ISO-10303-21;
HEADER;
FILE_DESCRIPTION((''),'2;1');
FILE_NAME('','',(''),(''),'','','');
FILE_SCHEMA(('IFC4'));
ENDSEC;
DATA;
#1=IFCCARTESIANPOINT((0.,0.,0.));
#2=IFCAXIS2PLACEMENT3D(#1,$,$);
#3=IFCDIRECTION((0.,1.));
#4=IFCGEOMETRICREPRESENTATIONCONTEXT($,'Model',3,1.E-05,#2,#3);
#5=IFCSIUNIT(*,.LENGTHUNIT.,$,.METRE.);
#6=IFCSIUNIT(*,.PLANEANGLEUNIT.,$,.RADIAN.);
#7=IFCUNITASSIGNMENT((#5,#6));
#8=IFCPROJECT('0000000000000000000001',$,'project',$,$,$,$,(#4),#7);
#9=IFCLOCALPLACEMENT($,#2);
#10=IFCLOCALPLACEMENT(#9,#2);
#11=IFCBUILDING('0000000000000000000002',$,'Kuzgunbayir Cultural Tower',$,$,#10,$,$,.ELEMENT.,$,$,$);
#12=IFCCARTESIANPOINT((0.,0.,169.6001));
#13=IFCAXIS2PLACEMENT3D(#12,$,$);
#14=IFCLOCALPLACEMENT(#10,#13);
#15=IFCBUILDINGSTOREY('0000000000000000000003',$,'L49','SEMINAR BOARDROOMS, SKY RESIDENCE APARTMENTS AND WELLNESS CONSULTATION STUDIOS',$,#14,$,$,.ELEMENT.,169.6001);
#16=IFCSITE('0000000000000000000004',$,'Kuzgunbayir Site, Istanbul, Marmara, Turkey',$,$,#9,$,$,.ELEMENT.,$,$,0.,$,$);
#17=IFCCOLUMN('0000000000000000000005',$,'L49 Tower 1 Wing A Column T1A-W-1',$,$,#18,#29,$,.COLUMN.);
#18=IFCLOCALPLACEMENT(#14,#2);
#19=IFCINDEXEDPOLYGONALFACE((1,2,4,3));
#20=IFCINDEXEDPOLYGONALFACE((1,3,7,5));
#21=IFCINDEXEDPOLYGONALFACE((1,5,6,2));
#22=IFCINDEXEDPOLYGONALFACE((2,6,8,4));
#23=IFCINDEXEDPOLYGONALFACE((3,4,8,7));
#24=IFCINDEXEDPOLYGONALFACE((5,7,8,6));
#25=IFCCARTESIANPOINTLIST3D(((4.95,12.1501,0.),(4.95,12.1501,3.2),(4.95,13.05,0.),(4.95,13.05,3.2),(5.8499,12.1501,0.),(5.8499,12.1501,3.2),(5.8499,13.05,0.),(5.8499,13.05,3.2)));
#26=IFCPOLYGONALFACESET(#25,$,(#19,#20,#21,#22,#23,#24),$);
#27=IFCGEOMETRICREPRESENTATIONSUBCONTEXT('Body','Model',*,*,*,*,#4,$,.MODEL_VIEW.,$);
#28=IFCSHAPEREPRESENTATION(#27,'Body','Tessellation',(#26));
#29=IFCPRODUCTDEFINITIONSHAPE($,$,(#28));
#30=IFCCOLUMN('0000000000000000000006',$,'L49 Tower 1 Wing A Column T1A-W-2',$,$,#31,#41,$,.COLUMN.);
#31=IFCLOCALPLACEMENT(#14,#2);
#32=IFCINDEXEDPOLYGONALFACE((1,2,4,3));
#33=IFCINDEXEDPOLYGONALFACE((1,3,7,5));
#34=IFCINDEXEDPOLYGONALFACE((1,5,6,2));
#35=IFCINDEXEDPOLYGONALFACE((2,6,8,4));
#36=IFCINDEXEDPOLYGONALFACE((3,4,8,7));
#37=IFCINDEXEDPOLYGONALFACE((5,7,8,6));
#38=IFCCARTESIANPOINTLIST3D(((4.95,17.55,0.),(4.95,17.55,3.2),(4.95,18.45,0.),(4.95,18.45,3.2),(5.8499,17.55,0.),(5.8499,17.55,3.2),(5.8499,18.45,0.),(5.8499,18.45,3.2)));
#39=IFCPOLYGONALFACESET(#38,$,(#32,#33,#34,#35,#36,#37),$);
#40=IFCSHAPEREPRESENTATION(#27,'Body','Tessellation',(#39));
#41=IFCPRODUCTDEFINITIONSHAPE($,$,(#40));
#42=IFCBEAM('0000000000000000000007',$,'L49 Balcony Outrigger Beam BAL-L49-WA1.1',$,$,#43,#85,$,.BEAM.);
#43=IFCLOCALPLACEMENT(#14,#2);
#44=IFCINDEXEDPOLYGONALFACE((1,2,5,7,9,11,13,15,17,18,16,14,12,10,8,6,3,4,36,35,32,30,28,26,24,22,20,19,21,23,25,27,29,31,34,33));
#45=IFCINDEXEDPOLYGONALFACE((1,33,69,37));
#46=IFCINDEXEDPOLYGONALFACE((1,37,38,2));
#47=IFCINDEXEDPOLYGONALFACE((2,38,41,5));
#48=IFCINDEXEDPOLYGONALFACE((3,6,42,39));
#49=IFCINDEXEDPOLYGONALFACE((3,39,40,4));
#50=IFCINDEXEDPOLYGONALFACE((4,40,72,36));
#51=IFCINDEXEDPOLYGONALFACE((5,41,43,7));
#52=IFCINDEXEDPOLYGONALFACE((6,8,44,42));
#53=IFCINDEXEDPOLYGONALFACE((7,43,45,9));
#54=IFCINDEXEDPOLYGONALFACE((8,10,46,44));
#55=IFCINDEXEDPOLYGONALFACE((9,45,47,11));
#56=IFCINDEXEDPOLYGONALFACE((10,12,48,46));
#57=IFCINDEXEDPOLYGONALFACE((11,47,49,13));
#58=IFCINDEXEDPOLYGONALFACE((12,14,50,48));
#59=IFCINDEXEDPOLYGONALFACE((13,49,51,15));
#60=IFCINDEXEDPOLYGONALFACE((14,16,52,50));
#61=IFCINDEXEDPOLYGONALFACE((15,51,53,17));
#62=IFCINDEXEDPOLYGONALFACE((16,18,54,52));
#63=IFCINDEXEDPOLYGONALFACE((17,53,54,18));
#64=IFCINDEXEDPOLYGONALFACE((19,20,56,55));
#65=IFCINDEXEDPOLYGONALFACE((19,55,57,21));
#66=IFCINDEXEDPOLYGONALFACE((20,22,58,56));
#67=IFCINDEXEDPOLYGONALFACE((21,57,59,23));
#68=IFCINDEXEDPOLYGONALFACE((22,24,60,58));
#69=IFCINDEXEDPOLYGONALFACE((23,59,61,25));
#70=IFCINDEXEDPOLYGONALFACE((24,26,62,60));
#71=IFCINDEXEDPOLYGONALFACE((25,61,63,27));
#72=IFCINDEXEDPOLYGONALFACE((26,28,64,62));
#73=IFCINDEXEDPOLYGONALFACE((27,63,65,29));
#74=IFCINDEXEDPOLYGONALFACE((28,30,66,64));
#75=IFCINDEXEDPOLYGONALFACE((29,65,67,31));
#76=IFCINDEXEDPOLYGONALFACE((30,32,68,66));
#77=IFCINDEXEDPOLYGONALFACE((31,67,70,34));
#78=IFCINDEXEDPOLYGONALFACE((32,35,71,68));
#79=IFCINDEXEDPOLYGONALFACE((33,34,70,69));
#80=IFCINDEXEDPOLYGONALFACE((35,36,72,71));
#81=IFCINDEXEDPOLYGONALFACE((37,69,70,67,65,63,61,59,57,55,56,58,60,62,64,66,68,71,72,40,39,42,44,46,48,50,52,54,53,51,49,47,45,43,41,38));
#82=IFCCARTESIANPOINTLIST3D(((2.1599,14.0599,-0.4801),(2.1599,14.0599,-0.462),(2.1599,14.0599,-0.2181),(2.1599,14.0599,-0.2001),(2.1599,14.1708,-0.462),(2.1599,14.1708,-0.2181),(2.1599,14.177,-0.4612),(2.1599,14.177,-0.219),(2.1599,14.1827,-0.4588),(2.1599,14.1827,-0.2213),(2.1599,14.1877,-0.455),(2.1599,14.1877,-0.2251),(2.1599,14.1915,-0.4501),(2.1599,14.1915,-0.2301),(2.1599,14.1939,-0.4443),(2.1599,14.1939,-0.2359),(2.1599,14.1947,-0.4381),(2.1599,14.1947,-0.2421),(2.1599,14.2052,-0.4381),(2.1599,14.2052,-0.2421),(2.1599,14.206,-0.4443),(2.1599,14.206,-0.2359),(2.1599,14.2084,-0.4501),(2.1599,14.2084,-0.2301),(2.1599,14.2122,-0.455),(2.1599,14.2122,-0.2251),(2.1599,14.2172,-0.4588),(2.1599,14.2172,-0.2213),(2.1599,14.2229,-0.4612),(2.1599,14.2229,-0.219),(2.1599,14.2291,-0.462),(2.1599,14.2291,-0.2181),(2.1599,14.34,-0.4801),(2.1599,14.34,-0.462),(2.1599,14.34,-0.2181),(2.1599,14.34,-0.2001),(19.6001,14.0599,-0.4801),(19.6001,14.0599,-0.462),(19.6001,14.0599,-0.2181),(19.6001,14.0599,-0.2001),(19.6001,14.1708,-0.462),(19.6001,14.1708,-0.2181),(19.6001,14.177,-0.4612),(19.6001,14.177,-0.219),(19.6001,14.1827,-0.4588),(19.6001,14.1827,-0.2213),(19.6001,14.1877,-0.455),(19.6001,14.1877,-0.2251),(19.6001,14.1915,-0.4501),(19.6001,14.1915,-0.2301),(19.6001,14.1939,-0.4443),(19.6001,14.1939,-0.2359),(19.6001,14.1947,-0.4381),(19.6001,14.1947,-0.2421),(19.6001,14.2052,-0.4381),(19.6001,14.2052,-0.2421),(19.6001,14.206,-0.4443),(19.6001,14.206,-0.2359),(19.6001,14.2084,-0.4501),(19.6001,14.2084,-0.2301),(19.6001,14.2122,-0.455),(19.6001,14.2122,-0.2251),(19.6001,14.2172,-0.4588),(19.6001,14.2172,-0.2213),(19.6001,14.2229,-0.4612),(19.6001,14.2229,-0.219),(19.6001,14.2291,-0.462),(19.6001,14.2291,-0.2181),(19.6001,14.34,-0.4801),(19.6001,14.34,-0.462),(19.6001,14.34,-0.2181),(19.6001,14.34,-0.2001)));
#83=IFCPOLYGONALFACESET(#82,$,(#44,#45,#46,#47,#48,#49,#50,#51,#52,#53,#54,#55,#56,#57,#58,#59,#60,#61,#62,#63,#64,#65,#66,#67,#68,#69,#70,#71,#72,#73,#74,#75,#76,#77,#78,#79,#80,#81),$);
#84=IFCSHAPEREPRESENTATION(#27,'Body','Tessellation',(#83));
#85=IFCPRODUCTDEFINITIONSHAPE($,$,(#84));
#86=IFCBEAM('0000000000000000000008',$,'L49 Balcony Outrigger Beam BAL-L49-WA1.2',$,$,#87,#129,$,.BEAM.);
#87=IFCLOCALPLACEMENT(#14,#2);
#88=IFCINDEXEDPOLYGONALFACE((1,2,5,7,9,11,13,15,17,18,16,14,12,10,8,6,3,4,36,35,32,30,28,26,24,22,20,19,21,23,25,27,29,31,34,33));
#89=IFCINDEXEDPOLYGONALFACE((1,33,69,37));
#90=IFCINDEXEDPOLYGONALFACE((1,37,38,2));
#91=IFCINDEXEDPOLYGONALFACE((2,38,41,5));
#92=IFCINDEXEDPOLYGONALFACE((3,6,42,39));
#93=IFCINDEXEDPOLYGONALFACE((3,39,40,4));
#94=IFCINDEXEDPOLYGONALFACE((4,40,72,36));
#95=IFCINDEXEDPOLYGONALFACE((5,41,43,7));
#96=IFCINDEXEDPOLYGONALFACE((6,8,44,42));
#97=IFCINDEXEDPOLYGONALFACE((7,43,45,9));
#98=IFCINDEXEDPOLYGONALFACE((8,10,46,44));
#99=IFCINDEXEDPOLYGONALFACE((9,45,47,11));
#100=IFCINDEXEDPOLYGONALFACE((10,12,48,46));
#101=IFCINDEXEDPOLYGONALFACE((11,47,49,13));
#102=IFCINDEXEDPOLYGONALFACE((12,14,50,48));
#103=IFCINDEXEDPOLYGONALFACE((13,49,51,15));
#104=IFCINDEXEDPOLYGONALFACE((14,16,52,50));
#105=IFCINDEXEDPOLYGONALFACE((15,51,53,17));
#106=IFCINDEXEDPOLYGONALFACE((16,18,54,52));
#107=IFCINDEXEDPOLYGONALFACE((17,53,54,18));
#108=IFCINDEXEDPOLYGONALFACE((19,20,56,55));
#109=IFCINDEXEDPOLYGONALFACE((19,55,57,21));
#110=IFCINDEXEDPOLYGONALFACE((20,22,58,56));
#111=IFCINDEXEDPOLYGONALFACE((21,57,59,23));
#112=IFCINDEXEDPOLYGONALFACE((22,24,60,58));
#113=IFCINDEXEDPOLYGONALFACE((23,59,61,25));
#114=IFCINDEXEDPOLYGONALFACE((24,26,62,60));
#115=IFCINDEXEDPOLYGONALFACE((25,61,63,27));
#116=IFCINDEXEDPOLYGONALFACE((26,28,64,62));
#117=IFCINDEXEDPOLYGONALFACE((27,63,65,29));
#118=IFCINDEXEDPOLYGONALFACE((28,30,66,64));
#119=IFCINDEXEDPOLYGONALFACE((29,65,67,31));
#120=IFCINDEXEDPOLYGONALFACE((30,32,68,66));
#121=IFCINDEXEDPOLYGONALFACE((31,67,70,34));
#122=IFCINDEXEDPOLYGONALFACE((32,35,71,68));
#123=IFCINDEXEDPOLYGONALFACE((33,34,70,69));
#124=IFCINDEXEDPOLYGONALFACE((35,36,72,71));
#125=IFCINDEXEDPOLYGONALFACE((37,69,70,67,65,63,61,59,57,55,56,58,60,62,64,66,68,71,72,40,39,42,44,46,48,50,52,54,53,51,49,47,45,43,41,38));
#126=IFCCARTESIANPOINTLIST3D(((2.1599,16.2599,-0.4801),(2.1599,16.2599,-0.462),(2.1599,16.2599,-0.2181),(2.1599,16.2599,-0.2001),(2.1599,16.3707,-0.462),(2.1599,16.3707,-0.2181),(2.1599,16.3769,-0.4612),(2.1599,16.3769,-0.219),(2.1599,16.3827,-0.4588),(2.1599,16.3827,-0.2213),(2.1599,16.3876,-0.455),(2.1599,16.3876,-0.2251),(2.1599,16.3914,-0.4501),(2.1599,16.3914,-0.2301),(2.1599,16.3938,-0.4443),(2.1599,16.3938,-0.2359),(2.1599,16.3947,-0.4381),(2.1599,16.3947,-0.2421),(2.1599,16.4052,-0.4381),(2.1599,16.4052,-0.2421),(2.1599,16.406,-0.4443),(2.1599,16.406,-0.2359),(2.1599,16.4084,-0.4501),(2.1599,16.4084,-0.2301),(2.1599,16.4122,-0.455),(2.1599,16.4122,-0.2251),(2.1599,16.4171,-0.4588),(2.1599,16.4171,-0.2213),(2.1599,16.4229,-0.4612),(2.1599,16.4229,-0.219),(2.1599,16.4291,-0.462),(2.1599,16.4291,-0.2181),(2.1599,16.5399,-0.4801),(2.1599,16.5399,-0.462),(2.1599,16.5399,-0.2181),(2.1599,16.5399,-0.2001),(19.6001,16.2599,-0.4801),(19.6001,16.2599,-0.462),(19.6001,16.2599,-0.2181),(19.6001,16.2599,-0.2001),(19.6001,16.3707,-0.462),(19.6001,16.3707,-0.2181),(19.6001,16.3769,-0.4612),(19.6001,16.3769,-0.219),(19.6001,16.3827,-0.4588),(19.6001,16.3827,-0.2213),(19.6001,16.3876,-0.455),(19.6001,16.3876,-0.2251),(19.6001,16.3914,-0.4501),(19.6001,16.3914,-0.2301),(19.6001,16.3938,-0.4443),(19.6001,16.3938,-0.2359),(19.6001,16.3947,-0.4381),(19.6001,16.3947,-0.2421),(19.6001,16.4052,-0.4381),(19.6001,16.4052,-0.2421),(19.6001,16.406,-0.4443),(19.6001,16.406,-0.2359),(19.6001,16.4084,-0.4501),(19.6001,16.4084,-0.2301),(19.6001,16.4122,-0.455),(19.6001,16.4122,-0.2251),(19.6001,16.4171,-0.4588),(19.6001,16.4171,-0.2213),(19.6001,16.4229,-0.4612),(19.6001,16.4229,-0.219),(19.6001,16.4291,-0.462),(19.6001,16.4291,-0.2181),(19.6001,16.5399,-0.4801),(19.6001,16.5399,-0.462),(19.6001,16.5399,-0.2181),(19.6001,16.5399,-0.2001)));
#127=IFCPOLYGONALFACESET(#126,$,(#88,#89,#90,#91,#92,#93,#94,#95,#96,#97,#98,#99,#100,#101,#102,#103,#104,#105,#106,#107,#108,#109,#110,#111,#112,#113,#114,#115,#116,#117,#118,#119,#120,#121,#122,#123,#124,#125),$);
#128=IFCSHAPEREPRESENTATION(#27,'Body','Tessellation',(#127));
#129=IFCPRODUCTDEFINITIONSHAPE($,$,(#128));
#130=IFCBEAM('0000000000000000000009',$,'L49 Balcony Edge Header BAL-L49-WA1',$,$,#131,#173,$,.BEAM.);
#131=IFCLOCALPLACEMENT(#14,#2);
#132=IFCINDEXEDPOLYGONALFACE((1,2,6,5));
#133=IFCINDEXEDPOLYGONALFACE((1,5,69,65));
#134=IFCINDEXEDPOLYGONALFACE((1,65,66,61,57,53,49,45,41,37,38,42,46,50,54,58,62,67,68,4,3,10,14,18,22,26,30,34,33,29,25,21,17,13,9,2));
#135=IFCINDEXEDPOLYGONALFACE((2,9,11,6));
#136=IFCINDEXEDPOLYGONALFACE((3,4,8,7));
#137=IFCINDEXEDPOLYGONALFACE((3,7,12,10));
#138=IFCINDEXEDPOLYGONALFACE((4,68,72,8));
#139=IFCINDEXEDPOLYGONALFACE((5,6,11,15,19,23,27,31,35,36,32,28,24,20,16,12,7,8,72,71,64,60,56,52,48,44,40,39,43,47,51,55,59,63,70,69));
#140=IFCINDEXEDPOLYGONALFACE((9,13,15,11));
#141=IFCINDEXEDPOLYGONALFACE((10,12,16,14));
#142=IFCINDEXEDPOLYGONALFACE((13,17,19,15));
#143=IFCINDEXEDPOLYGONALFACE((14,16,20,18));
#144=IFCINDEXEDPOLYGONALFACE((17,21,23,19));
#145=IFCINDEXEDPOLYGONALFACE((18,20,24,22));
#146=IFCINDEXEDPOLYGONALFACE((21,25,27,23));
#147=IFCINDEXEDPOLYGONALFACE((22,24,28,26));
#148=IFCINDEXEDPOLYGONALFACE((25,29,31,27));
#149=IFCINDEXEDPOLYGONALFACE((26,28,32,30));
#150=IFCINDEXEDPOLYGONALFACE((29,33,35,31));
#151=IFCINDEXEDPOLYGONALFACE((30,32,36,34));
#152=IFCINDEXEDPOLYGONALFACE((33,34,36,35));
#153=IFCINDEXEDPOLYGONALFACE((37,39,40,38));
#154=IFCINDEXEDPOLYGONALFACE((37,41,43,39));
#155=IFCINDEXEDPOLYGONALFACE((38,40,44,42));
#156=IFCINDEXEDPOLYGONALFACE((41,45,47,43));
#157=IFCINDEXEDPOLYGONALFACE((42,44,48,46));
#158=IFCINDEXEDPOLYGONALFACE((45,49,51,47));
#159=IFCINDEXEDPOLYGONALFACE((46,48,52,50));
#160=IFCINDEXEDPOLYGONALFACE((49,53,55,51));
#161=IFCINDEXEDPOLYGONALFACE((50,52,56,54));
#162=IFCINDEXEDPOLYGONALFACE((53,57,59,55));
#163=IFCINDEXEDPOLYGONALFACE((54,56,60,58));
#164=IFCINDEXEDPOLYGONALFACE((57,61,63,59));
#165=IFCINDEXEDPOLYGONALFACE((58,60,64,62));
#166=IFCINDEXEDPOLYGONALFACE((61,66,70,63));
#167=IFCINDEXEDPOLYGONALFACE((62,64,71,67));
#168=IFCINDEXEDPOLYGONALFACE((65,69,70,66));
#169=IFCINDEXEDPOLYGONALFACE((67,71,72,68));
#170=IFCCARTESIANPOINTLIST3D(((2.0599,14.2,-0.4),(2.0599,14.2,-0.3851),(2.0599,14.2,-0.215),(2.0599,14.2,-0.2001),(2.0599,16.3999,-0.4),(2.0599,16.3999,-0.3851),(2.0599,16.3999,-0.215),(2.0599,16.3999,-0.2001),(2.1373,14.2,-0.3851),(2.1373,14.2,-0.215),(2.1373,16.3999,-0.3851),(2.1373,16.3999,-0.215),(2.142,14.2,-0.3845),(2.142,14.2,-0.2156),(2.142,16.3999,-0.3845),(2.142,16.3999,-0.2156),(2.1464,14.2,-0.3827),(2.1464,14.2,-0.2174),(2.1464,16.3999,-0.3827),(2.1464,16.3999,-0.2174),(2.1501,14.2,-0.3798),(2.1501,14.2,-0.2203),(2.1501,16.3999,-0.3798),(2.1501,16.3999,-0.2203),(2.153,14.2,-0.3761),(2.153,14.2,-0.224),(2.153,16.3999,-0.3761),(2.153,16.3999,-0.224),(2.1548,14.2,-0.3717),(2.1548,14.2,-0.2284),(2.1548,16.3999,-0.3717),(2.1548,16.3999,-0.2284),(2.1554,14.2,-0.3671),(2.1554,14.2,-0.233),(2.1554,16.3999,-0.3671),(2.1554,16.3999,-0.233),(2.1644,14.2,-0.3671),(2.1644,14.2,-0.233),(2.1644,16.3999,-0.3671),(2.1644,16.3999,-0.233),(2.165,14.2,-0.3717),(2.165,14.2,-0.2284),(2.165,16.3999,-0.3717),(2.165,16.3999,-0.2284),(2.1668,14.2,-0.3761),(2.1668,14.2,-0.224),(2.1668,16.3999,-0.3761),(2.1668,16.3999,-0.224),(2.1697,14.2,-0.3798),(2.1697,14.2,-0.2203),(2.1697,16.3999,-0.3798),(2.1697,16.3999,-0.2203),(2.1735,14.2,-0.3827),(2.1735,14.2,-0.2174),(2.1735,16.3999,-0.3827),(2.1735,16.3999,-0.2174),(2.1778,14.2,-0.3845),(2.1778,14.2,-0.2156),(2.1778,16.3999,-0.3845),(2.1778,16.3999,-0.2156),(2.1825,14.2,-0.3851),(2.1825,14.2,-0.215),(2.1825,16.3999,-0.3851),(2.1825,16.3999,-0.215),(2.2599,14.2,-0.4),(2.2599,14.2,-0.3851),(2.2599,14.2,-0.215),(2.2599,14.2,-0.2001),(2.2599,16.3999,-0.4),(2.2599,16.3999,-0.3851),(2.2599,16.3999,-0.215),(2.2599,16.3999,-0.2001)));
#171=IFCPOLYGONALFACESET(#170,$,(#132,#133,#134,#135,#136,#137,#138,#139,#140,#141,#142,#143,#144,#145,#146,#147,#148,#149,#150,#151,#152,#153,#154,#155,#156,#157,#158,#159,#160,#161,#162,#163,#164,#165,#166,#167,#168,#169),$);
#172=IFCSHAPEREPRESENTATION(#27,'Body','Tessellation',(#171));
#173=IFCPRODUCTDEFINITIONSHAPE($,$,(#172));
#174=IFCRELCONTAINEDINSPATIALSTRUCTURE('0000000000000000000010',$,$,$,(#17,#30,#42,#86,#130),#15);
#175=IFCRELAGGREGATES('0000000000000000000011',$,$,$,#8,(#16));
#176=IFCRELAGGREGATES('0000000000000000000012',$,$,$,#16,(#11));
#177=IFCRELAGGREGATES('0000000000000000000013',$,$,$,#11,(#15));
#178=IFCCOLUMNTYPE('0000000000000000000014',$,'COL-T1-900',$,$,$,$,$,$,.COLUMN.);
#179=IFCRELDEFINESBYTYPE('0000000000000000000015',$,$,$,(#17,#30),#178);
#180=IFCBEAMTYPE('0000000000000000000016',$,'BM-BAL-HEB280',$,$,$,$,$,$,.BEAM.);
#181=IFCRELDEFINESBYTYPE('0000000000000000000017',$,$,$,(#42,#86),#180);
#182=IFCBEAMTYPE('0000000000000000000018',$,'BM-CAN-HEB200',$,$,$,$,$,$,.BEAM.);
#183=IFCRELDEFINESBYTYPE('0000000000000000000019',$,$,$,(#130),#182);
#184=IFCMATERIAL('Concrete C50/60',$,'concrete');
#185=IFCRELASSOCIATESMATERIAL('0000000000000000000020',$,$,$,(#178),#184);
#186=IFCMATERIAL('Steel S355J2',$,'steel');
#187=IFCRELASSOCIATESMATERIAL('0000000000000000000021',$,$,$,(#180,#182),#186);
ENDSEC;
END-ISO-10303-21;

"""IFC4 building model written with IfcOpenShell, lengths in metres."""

from ifc_helpers import new_model, si_unit, direction, frame, origin, origin_2d, place, context, subcontext, project, spatial, rectangle, i_section, extrude, material, material_profile, profile_set, type_object, element, save


model = new_model("IFC4")

# Units and contexts
model_context = context("Model", 3, precision=1e-05, world=origin(), true_north=direction((0.0, 1.0)))
body_context = subcontext(model_context, "Body", "Model", "MODEL_VIEW")
ifc_project = project(units=[si_unit("LENGTHUNIT", "METRE"), si_unit("PLANEANGLEUNIT", "RADIAN")], contexts=[model_context])

# Site, building, storey
site_placement = place(None, origin())
site = spatial("IfcSite", under=ifc_project, at=site_placement, Name="Kuzgunbayir Site, Istanbul, Marmara, Turkey", CompositionType="ELEMENT", RefElevation=0.0)
building_placement = place(site_placement, origin())
building = spatial("IfcBuilding", under=site, at=building_placement, Name="Kuzgunbayir Cultural Tower", CompositionType="ELEMENT")
storey_placement = place(building_placement, frame((0.0, 0.0, 169.6001)))
storey = spatial("IfcBuildingStorey", under=building, at=storey_placement, Name="L49", Description="SEMINAR BOARDROOMS, SKY RESIDENCE APARTMENTS AND WELLNESS CONSULTATION STUDIOS", CompositionType="ELEMENT", Elevation=169.6001)

# Columns
ifc_material_1 = material(Name="Concrete C50/60", Category="concrete")
ifc_material_profile_1 = material_profile(ifc_material_1, rectangle(XDim=0.8999, YDim=0.8999, at=origin_2d()), Name="RC 900x900")
ifc_profile_set_1 = profile_set([ifc_material_profile_1], Name="Concrete C50/60")
column_type = type_object("IfcColumnType", Name="COL-T1-900", PredefinedType="COLUMN", material=ifc_profile_set_1)
for number, where, z_axis, x_axis, name in (
    (1, (5.3999, 12.6001, 0.0), (0.0, 0.0, 1.0), (1.0, 0.0, 0.0), "L49 Tower 1 Wing A Column T1A-W-1"),
    (2, (5.3999, 18.0, 0.0), (0.0, 0.0, 1.0), (1.0, 0.0, 0.0), "L49 Tower 1 Wing A Column T1A-W-2"),
):
    element("IfcColumn", number, at=place(storey_placement, frame(where, z_axis=z_axis, x_axis=x_axis)), inside=storey, type_object=column_type, Name=name, PredefinedType="COLUMN", context=body_context, shape_type="SweptSolid", body=[
        extrude(rectangle(XDim=0.8999, YDim=0.8999, at=origin_2d()), origin(), (0.0, 0.0, 1.0), 3.2),
    ])

# Beams
ifc_material_2 = material(Name="Steel S355J2", Category="steel")
ifc_material_profile_2 = material_profile(ifc_material_2, i_section(OverallWidth=0.28, OverallDepth=0.28, WebThickness=0.0105, FlangeThickness=0.0181, FilletRadius=0.0239, at=origin_2d()), Name="HEB 280")
ifc_profile_set_2 = profile_set([ifc_material_profile_2], Name="Steel S355J2")
beam_type_1 = type_object("IfcBeamType", Name="BM-BAL-HEB280", PredefinedType="BEAM", material=ifc_profile_set_2)
for number, where, z_axis, x_axis, name in (
    (3, (2.1599, 14.2, -0.3401), (1.0, 0.0, 0.0), (0.0, 1.0, 0.0), "L49 Balcony Outrigger Beam BAL-L49-WA1.1"),
    (4, (2.1599, 16.3999, -0.3401), (1.0, 0.0, 0.0), (0.0, 1.0, 0.0), "L49 Balcony Outrigger Beam BAL-L49-WA1.2"),
):
    element("IfcBeam", number, at=place(storey_placement, frame(where, z_axis=z_axis, x_axis=x_axis)), inside=storey, type_object=beam_type_1, Name=name, PredefinedType="BEAM", context=body_context, shape_type="SweptSolid", body=[
        extrude(i_section(OverallWidth=0.28, OverallDepth=0.28, WebThickness=0.0105, FlangeThickness=0.0181, FilletRadius=0.0239, at=origin_2d()), origin(), (0.0, 0.0, 1.0), 17.4402),
    ])
ifc_material_profile_3 = material_profile(ifc_material_2, i_section(OverallWidth=0.2, OverallDepth=0.2, WebThickness=0.009, FlangeThickness=0.0149, FilletRadius=0.0181, at=origin_2d()), Name="HEB 200")
ifc_profile_set_3 = profile_set([ifc_material_profile_3], Name="Steel S355J2")
beam_type_2 = type_object("IfcBeamType", Name="BM-CAN-HEB200", PredefinedType="BEAM", material=ifc_profile_set_3)
beam_1_placement = place(storey_placement, frame((2.1599, 14.2, -0.3), z_axis=(0.0, 1.0, 0.0), x_axis=(-1.0, 0.0, 0.0)))
element("IfcBeam", 5, at=beam_1_placement, inside=storey, type_object=beam_type_2, Name="L49 Balcony Edge Header BAL-L49-WA1", PredefinedType="BEAM", context=body_context, shape_type="SweptSolid", body=[
    extrude(i_section(OverallWidth=0.2, OverallDepth=0.2, WebThickness=0.009, FlangeThickness=0.0149, FilletRadius=0.0181, at=origin_2d()), origin(), (0.0, 0.0, 1.0), 2.2),
])

save(model, "model.ifc")
